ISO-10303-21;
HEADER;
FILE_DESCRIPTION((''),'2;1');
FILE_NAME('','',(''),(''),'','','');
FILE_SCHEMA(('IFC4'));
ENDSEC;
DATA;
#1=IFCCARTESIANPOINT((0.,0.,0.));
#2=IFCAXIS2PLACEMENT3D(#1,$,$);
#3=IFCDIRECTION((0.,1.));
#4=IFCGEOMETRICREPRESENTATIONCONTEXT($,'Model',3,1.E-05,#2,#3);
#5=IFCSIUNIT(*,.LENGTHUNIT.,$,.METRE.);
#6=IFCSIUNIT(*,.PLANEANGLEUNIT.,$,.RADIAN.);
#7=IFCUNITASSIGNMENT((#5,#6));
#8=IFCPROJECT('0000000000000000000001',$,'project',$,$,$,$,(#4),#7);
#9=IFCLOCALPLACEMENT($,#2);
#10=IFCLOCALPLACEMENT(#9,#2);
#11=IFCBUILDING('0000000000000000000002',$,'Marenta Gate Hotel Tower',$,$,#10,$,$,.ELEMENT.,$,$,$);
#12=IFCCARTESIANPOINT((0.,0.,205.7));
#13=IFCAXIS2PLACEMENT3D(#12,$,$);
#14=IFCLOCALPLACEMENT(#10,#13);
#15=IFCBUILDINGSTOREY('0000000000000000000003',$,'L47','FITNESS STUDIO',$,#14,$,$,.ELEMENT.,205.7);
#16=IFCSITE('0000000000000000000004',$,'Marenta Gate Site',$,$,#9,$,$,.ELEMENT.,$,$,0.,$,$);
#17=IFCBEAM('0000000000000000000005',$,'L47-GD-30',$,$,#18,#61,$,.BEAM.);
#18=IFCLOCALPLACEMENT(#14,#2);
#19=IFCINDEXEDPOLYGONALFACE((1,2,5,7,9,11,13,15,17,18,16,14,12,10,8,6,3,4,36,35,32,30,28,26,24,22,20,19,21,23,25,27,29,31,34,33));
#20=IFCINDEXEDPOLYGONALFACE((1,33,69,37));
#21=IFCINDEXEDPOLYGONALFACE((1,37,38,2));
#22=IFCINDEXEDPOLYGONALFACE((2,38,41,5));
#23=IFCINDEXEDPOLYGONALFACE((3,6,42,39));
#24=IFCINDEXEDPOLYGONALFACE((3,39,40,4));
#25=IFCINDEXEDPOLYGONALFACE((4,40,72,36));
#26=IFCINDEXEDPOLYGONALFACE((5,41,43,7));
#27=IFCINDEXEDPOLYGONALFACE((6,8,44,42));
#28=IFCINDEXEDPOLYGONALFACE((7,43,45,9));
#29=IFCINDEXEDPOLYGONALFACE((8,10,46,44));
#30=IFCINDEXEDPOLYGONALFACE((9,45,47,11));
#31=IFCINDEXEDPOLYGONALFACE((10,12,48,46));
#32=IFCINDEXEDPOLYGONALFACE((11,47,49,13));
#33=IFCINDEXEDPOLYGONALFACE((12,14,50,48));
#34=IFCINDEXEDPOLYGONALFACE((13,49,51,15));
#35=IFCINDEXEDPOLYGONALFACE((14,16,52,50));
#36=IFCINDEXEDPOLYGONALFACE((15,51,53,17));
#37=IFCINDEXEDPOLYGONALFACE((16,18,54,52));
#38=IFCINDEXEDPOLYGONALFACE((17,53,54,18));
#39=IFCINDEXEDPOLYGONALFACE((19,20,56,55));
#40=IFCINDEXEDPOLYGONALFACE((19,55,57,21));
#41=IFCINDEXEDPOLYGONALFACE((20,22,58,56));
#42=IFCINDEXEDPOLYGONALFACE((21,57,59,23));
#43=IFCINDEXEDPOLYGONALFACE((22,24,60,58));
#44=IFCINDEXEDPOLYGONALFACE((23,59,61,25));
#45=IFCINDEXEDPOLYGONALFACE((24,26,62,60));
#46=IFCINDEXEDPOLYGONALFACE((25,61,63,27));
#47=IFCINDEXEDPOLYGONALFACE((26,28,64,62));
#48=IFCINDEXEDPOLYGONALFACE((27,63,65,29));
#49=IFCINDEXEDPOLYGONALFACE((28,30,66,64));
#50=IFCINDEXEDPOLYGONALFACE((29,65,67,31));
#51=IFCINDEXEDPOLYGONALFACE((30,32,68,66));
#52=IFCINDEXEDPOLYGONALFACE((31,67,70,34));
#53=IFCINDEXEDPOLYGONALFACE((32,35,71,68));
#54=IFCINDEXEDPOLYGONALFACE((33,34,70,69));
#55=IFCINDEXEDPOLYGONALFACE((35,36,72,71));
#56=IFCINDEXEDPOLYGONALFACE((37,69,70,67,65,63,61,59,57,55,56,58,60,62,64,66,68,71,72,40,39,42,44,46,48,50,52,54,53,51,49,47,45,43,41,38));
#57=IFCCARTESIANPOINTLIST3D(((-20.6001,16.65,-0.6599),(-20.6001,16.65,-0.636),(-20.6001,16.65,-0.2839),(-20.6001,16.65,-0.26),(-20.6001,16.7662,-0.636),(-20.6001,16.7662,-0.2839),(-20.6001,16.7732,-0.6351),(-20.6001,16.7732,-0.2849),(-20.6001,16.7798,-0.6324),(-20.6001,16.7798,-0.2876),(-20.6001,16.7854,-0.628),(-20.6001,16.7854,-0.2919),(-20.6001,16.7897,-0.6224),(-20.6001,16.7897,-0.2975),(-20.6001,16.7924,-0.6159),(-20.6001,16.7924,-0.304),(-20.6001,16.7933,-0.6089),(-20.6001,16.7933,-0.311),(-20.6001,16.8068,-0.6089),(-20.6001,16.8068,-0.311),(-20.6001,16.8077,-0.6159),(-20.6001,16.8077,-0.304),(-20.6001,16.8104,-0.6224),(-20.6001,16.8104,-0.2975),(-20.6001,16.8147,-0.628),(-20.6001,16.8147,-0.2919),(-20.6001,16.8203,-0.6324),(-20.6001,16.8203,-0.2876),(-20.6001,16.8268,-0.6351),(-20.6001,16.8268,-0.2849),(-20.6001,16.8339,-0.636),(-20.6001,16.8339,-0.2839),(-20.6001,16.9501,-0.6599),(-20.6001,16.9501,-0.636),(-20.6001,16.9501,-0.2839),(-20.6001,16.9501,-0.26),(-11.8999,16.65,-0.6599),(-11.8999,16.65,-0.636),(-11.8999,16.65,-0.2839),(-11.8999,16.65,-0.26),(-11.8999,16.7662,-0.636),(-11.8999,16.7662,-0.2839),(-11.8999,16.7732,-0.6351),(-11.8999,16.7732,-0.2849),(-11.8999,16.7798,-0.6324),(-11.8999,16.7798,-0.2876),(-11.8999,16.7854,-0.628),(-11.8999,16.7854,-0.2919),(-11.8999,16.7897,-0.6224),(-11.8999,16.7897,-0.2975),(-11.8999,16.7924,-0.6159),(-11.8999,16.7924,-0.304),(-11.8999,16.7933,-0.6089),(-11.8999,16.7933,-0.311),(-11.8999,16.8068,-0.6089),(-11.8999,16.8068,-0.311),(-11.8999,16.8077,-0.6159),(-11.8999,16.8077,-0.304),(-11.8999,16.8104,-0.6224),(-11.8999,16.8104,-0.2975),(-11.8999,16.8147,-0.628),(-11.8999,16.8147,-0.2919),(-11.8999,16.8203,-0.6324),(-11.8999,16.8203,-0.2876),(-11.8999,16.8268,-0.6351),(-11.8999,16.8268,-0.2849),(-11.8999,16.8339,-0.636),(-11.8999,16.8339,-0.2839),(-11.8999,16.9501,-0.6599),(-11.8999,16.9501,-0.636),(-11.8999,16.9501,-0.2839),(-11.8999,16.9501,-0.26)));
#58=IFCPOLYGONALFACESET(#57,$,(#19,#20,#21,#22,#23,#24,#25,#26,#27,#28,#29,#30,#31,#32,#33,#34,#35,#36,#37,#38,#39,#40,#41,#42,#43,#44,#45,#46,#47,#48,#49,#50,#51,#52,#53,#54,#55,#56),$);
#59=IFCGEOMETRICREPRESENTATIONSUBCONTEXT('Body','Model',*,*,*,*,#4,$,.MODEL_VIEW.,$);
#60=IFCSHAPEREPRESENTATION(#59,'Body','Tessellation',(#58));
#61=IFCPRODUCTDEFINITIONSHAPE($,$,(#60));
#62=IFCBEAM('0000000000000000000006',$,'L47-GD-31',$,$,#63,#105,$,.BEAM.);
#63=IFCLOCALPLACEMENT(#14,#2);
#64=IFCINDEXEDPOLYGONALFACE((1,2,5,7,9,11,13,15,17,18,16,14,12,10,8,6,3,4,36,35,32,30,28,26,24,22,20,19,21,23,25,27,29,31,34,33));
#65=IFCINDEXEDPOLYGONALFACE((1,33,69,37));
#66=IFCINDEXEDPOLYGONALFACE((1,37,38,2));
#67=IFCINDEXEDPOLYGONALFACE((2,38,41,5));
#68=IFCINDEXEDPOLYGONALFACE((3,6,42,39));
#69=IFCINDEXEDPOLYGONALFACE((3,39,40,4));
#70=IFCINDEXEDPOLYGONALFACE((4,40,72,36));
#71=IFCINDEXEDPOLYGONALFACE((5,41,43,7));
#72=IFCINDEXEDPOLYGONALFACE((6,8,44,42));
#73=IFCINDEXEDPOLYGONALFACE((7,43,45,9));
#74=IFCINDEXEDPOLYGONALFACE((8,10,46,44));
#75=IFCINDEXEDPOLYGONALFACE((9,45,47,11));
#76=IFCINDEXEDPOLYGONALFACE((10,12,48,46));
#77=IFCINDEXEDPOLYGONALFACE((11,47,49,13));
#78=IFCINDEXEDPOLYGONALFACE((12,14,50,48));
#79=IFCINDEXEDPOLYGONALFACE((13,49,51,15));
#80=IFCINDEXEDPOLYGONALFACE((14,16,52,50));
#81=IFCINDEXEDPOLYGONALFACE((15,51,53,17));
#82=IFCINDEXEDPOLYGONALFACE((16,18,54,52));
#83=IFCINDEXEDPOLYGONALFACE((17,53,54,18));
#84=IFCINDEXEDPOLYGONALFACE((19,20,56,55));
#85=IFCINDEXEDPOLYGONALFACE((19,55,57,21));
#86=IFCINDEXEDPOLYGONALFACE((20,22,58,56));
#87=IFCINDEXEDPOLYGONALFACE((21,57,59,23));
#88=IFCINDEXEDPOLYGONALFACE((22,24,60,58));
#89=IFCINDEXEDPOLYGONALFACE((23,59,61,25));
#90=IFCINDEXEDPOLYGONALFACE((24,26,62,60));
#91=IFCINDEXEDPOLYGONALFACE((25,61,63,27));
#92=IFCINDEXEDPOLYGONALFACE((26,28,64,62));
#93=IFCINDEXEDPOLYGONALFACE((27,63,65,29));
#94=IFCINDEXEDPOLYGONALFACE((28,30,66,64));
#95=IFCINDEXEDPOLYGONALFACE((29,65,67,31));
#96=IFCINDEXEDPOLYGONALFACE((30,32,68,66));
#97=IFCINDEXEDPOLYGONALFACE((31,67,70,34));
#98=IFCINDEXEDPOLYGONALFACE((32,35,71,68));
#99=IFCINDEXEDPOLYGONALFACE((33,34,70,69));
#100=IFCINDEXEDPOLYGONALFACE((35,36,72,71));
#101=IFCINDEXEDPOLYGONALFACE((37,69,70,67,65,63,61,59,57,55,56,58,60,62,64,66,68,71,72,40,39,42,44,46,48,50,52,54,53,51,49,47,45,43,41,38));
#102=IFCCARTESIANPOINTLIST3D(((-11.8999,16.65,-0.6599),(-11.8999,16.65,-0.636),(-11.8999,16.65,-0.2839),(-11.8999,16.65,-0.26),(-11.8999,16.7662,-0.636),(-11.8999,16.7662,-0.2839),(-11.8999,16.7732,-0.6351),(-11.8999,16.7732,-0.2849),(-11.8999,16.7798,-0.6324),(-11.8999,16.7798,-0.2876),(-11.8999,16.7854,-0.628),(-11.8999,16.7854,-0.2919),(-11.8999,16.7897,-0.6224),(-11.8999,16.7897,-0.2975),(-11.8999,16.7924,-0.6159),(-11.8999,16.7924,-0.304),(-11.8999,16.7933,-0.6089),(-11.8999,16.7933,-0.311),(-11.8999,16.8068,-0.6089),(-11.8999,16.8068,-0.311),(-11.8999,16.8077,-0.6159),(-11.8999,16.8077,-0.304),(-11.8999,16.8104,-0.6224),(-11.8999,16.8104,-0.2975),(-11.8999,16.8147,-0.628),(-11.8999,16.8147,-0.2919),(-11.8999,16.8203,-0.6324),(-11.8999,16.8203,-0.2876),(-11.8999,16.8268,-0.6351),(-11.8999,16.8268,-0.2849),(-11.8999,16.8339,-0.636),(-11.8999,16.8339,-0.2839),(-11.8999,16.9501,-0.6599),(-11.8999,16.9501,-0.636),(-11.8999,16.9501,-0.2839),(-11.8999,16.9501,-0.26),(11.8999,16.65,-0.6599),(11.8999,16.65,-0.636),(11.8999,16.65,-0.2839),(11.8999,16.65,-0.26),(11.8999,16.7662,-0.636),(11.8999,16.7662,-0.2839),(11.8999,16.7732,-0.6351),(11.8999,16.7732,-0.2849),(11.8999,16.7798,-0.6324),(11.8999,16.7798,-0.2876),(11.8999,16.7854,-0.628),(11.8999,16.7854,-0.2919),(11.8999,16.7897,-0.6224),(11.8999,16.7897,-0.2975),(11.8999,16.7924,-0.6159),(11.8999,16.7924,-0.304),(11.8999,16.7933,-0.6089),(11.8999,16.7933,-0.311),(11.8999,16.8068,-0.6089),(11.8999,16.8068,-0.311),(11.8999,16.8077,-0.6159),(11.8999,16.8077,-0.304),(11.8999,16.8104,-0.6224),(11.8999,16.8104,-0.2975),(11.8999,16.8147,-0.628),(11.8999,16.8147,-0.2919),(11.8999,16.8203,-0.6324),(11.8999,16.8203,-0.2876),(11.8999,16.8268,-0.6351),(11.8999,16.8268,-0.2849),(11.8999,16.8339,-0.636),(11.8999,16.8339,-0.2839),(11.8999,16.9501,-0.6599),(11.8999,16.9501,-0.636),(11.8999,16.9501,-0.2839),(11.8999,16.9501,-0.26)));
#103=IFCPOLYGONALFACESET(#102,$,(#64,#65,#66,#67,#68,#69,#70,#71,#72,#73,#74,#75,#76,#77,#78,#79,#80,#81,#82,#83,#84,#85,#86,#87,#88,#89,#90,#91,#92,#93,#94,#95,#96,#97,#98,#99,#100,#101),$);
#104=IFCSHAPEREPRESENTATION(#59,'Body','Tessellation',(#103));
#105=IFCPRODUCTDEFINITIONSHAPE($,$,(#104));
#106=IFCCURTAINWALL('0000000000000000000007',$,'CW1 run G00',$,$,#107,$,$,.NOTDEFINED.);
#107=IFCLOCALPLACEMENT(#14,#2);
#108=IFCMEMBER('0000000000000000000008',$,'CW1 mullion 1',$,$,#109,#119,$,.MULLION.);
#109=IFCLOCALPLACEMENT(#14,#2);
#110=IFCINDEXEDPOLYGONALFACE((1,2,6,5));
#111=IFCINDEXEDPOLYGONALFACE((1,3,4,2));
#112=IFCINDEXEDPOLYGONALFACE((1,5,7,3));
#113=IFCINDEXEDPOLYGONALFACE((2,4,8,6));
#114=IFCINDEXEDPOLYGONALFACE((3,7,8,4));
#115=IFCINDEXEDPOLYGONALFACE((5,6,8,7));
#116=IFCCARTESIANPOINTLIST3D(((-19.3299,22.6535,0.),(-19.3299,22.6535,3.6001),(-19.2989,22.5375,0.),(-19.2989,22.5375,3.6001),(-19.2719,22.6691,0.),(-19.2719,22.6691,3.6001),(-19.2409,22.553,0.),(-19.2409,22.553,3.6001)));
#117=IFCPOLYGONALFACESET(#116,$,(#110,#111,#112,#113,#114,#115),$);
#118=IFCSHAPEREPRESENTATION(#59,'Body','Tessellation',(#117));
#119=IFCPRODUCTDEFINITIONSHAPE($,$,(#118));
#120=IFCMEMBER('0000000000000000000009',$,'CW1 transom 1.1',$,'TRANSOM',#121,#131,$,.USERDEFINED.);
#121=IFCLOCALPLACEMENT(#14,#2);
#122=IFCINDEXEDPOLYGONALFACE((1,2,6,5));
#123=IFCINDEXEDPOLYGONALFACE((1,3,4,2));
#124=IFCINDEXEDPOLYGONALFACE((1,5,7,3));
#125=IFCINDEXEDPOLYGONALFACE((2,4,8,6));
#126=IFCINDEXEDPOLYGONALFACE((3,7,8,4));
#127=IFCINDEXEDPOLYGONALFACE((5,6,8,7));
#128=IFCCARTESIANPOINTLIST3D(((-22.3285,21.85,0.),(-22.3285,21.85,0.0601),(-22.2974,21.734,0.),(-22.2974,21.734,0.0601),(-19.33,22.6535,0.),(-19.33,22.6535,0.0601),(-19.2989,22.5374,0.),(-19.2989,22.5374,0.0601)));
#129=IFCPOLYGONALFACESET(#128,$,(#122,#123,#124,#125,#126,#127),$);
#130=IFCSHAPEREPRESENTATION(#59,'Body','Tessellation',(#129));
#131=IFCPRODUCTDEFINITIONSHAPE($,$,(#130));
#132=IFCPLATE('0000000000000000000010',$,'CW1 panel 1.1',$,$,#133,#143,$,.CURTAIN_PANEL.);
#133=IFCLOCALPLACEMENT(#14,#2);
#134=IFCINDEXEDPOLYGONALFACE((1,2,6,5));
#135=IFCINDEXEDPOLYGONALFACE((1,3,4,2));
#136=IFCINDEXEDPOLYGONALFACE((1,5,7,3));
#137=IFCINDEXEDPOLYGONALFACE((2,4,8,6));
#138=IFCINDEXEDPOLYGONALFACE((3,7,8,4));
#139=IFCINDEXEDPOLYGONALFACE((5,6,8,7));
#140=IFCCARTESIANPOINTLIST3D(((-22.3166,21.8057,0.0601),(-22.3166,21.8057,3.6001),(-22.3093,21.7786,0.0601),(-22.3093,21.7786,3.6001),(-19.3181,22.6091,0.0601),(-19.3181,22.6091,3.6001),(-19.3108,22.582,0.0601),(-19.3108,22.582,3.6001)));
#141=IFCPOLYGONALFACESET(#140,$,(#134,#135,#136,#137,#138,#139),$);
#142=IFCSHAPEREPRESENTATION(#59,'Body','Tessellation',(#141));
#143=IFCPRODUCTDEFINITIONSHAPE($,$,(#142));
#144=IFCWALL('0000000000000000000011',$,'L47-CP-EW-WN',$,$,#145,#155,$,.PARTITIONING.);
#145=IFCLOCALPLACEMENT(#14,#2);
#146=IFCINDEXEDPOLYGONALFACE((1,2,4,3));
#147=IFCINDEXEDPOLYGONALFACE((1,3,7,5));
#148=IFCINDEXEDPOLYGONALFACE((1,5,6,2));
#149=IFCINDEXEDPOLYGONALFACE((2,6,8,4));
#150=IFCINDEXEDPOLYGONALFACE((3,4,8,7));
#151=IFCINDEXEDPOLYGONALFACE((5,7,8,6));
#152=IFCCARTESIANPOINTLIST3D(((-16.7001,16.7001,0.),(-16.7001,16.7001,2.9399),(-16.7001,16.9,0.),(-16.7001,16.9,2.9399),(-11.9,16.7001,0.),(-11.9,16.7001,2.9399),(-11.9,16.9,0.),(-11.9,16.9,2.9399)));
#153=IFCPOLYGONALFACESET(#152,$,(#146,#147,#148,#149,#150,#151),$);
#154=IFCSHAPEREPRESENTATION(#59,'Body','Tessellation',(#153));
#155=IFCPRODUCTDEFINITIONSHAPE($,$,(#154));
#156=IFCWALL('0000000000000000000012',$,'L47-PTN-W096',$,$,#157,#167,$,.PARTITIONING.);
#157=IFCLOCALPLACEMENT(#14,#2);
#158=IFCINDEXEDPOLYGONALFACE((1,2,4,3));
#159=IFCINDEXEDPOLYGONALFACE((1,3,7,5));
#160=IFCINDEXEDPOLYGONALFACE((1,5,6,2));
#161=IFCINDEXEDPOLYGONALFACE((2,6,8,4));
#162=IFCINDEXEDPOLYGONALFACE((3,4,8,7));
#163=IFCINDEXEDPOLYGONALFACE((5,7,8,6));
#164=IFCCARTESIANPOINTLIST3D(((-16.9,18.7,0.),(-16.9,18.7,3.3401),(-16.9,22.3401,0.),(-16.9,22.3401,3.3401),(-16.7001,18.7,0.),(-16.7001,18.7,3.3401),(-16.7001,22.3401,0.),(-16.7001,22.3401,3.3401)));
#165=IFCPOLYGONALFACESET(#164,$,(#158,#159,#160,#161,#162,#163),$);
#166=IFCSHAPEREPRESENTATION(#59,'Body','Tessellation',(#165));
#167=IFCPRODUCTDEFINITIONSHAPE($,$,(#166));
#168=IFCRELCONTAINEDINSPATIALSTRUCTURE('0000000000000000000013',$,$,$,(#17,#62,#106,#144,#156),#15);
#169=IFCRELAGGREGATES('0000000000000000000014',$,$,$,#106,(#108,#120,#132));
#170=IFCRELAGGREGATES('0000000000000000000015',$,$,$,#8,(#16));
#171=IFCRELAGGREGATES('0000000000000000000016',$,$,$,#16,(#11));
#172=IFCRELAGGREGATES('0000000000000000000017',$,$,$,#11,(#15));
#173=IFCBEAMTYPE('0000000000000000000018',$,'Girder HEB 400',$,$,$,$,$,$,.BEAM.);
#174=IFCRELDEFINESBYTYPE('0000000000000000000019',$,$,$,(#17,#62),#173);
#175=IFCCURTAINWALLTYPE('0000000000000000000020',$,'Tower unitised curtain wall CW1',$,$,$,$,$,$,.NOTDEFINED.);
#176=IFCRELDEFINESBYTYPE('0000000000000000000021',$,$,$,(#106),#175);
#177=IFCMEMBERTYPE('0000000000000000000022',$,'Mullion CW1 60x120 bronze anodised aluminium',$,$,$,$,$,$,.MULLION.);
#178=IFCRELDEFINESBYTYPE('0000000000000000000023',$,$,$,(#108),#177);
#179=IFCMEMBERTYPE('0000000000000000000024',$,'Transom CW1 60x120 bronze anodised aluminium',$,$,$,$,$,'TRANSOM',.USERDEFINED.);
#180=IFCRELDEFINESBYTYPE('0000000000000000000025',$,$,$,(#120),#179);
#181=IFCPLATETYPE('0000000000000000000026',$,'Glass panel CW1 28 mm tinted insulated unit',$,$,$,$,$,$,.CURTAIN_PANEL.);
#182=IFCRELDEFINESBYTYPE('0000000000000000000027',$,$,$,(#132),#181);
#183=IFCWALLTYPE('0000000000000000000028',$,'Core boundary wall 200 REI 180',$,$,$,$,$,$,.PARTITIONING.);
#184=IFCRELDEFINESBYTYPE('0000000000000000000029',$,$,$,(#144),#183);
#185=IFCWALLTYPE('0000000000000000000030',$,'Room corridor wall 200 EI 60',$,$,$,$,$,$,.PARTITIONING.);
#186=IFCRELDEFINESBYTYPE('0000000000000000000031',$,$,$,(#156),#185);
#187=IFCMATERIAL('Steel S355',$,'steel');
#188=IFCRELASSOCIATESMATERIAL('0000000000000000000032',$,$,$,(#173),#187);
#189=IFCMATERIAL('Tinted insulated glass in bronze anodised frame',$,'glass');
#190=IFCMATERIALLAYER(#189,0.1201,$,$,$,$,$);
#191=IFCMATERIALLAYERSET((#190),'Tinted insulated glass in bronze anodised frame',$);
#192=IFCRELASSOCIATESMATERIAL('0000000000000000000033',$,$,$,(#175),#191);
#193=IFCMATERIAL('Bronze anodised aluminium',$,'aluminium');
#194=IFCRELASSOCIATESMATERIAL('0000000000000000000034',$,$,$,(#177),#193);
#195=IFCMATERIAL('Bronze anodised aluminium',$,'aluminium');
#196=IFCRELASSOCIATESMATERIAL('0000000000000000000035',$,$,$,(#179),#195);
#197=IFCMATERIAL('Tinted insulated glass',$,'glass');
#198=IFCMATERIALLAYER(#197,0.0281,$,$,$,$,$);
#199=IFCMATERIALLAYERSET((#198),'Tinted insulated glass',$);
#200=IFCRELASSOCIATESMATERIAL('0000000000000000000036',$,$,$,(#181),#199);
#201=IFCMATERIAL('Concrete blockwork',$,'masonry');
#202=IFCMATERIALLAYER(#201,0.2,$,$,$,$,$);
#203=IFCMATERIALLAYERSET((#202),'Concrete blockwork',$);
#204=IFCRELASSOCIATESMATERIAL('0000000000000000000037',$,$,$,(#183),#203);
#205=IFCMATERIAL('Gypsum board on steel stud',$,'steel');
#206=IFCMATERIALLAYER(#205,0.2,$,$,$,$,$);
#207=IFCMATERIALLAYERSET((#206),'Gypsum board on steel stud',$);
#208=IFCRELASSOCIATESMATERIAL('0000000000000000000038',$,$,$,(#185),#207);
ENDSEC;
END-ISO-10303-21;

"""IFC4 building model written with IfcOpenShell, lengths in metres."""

from ifc_helpers import new_model, si_unit, direction, frame, frame_2d, origin, origin_2d, place, context, subcontext, project, spatial, rectangle, i_section, extrude, material, layer, layer_set, material_profile, profile_set, type_object, element, aggregate, save


model = new_model("IFC4")

# Units and contexts
model_context = context("Model", 3, precision=1e-05, world=origin(), true_north=direction((0.0, 1.0)))
body_context = subcontext(model_context, "Body", "Model", "MODEL_VIEW")
ifc_project = project(units=[si_unit("LENGTHUNIT", "METRE"), si_unit("PLANEANGLEUNIT", "RADIAN")], contexts=[model_context])

# Site, building, storey
site_placement = place(None, origin())
site = spatial("IfcSite", under=ifc_project, at=site_placement, Name="Marenta Gate Site", CompositionType="ELEMENT", RefElevation=0.0)
building_placement = place(site_placement, origin())
building = spatial("IfcBuilding", under=site, at=building_placement, Name="Marenta Gate Hotel Tower", CompositionType="ELEMENT")
storey_placement = place(building_placement, frame((0.0, 0.0, 205.7)))
storey = spatial("IfcBuildingStorey", under=building, at=storey_placement, Name="L47", Description="FITNESS STUDIO", CompositionType="ELEMENT", Elevation=205.7)

# Beams
ifc_material_1 = material(Name="Steel S355", Category="steel")
ifc_material_profile_1 = material_profile(ifc_material_1, i_section(OverallWidth=0.3, OverallDepth=0.3999, WebThickness=0.0134, FlangeThickness=0.0239, FilletRadius=0.0271, at=origin_2d()), Name="HEB 400")
ifc_profile_set_1 = profile_set([ifc_material_profile_1], Name="Steel S355")
beam_type_1 = type_object("IfcBeamType", Name="Girder HEB 400", PredefinedType="BEAM", material=ifc_profile_set_1)
beam_1_placement = place(storey_placement, frame((-20.6001, 16.8, -0.46), z_axis=(1.0, 0.0, 0.0), x_axis=(0.0, 1.0, 0.0)))
element("IfcBeam", 1, at=beam_1_placement, inside=storey, type_object=beam_type_1, Name="L47-GD-30", PredefinedType="BEAM", context=body_context, shape_type="SweptSolid", body=[
    extrude(i_section(OverallWidth=0.3, OverallDepth=0.3999, WebThickness=0.0134, FlangeThickness=0.0239, FilletRadius=0.0271, at=origin_2d()), origin(), (0.0, 0.0, 1.0), 8.7002),
])
beam_2_placement = place(storey_placement, frame((-11.8999, 16.8, -0.46), z_axis=(1.0, 0.0, 0.0), x_axis=(0.0, 1.0, 0.0)))
element("IfcBeam", 2, at=beam_2_placement, inside=storey, type_object=beam_type_1, Name="L47-GD-31", PredefinedType="BEAM", context=body_context, shape_type="SweptSolid", body=[
    extrude(i_section(OverallWidth=0.3, OverallDepth=0.3999, WebThickness=0.0134, FlangeThickness=0.0239, FilletRadius=0.0271, at=origin_2d()), origin(), (0.0, 0.0, 1.0), 23.7998),
])

# Curtain wall, members, plate
ifc_material_2 = material(Name="Tinted insulated glass in bronze anodised frame", Category="glass")
ifc_layer_1 = layer(ifc_material_2, 0.1201)
ifc_layer_set_1 = layer_set([ifc_layer_1], Name="Tinted insulated glass in bronze anodised frame")
curtain_wall_type = type_object("IfcCurtainWallType", Name="Tower unitised curtain wall CW1", PredefinedType="NOTDEFINED", material=ifc_layer_set_1)
curtain_wall_placement = place(storey_placement, origin())
curtain_wall = element("IfcCurtainWall", 3, at=curtain_wall_placement, inside=storey, type_object=curtain_wall_type, Name="CW1 run G00", PredefinedType="NOTDEFINED")
ifc_material_3 = material(Name="Bronze anodised aluminium", Category="aluminium")
ifc_material_profile_2 = material_profile(ifc_material_3, rectangle(XDim=0.1201, YDim=0.0601, at=origin_2d()), Name="Mullion CW1 60x120 bronze anodised aluminium")
ifc_profile_set_2 = profile_set([ifc_material_profile_2], Name="Bronze anodised aluminium")
member_type_1 = type_object("IfcMemberType", Name="Mullion CW1 60x120 bronze anodised aluminium", PredefinedType="MULLION", material=ifc_profile_set_2)
member_1_placement = place(storey_placement, frame((-19.2854, 22.6033, 0.0), z_axis=(0.0, 0.0, 1.0), x_axis=(0.258801, -0.965931, 0.0)))
member_1 = element("IfcMember", 4, at=member_1_placement, type_object=member_type_1, Name="CW1 mullion 1", PredefinedType="MULLION", context=body_context, shape_type="SweptSolid", body=[
    extrude(rectangle(XDim=0.1201, YDim=0.0601, at=origin_2d()), origin(), (0.0, 0.0, 1.0), 3.6001),
])
ifc_material_4 = material(Name="Bronze anodised aluminium", Category="aluminium")
ifc_material_profile_3 = material_profile(ifc_material_4, rectangle(XDim=0.1201, YDim=0.0601, at=origin_2d()), Name="Transom CW1 60x120 bronze anodised aluminium")
ifc_profile_set_3 = profile_set([ifc_material_profile_3], Name="Bronze anodised aluminium")
member_type_2 = type_object("IfcMemberType", Name="Transom CW1 60x120 bronze anodised aluminium", ElementType="TRANSOM", PredefinedType="USERDEFINED", material=ifc_profile_set_3)
member_2_placement = place(storey_placement, frame((-19.3145, 22.5955, 0.03), z_axis=(-0.965925, -0.258823, 0.0), x_axis=(0.258823, -0.965925, 0.0)))
member_2 = element("IfcMember", 5, at=member_2_placement, type_object=member_type_2, Name="CW1 transom 1.1", ObjectType="TRANSOM", PredefinedType="USERDEFINED", context=body_context, shape_type="SweptSolid", body=[
    extrude(rectangle(XDim=0.1201, YDim=0.0601, at=origin_2d()), origin(), (0.0, 0.0, 1.0), 3.1042),
])
ifc_material_5 = material(Name="Tinted insulated glass", Category="glass")
ifc_layer_2 = layer(ifc_material_5, 0.0281)
ifc_layer_set_2 = layer_set([ifc_layer_2], Name="Tinted insulated glass")
plate_type = type_object("IfcPlateType", Name="Glass panel CW1 28 mm tinted insulated unit", PredefinedType="CURTAIN_PANEL", material=ifc_layer_set_2)
plate_placement = place(storey_placement, frame((-20.8137, 22.1938, 0.0601), z_axis=(0.0, 0.0, 1.0), x_axis=(-0.965931, -0.258801, 0.0)))
plate = element("IfcPlate", 6, at=plate_placement, type_object=plate_type, Name="CW1 panel 1.1", PredefinedType="CURTAIN_PANEL", context=body_context, shape_type="SweptSolid", body=[
    extrude(rectangle(XDim=3.1042, YDim=0.0281, at=origin_2d()), origin(), (0.0, 0.0, 1.0), 3.54),
])
aggregate(curtain_wall, [member_1, member_2, plate])

# Walls
ifc_material_6 = material(Name="Concrete blockwork", Category="masonry")
ifc_layer_3 = layer(ifc_material_6, 0.2)
ifc_layer_set_3 = layer_set([ifc_layer_3], Name="Concrete blockwork")
wall_type_1 = type_object("IfcWallType", Name="Core boundary wall 200 REI 180", PredefinedType="PARTITIONING", material=ifc_layer_set_3)
wall_1_placement = place(storey_placement, frame((-16.7, 16.8, 0.0), z_axis=(0.0, 0.0, 1.0), x_axis=(1.0, 0.0, 0.0)))
element("IfcWall", 7, at=wall_1_placement, inside=storey, type_object=wall_type_1, Name="L47-CP-EW-WN", PredefinedType="PARTITIONING", context=body_context, shape_type="SweptSolid", body=[
    extrude(rectangle(XDim=4.8, YDim=0.2, at=frame_2d((2.3999, 0.0))), origin(), (0.0, 0.0, 1.0), 2.9399),
])
ifc_material_7 = material(Name="Gypsum board on steel stud", Category="steel")
ifc_layer_4 = layer(ifc_material_7, 0.2)
ifc_layer_set_4 = layer_set([ifc_layer_4], Name="Gypsum board on steel stud")
wall_type_2 = type_object("IfcWallType", Name="Room corridor wall 200 EI 60", PredefinedType="PARTITIONING", material=ifc_layer_set_4)
wall_2_placement = place(storey_placement, frame((-16.8, 18.7, 0.0), z_axis=(0.0, 0.0, 1.0), x_axis=(0.0, 1.0, 0.0)))
element("IfcWall", 8, at=wall_2_placement, inside=storey, type_object=wall_type_2, Name="L47-PTN-W096", PredefinedType="PARTITIONING", context=body_context, shape_type="SweptSolid", body=[
    extrude(rectangle(XDim=3.6401, YDim=0.2, at=frame_2d((1.8201, 0.0))), origin(), (0.0, 0.0, 1.0), 3.3401),
])

save(model, "model.ifc")
